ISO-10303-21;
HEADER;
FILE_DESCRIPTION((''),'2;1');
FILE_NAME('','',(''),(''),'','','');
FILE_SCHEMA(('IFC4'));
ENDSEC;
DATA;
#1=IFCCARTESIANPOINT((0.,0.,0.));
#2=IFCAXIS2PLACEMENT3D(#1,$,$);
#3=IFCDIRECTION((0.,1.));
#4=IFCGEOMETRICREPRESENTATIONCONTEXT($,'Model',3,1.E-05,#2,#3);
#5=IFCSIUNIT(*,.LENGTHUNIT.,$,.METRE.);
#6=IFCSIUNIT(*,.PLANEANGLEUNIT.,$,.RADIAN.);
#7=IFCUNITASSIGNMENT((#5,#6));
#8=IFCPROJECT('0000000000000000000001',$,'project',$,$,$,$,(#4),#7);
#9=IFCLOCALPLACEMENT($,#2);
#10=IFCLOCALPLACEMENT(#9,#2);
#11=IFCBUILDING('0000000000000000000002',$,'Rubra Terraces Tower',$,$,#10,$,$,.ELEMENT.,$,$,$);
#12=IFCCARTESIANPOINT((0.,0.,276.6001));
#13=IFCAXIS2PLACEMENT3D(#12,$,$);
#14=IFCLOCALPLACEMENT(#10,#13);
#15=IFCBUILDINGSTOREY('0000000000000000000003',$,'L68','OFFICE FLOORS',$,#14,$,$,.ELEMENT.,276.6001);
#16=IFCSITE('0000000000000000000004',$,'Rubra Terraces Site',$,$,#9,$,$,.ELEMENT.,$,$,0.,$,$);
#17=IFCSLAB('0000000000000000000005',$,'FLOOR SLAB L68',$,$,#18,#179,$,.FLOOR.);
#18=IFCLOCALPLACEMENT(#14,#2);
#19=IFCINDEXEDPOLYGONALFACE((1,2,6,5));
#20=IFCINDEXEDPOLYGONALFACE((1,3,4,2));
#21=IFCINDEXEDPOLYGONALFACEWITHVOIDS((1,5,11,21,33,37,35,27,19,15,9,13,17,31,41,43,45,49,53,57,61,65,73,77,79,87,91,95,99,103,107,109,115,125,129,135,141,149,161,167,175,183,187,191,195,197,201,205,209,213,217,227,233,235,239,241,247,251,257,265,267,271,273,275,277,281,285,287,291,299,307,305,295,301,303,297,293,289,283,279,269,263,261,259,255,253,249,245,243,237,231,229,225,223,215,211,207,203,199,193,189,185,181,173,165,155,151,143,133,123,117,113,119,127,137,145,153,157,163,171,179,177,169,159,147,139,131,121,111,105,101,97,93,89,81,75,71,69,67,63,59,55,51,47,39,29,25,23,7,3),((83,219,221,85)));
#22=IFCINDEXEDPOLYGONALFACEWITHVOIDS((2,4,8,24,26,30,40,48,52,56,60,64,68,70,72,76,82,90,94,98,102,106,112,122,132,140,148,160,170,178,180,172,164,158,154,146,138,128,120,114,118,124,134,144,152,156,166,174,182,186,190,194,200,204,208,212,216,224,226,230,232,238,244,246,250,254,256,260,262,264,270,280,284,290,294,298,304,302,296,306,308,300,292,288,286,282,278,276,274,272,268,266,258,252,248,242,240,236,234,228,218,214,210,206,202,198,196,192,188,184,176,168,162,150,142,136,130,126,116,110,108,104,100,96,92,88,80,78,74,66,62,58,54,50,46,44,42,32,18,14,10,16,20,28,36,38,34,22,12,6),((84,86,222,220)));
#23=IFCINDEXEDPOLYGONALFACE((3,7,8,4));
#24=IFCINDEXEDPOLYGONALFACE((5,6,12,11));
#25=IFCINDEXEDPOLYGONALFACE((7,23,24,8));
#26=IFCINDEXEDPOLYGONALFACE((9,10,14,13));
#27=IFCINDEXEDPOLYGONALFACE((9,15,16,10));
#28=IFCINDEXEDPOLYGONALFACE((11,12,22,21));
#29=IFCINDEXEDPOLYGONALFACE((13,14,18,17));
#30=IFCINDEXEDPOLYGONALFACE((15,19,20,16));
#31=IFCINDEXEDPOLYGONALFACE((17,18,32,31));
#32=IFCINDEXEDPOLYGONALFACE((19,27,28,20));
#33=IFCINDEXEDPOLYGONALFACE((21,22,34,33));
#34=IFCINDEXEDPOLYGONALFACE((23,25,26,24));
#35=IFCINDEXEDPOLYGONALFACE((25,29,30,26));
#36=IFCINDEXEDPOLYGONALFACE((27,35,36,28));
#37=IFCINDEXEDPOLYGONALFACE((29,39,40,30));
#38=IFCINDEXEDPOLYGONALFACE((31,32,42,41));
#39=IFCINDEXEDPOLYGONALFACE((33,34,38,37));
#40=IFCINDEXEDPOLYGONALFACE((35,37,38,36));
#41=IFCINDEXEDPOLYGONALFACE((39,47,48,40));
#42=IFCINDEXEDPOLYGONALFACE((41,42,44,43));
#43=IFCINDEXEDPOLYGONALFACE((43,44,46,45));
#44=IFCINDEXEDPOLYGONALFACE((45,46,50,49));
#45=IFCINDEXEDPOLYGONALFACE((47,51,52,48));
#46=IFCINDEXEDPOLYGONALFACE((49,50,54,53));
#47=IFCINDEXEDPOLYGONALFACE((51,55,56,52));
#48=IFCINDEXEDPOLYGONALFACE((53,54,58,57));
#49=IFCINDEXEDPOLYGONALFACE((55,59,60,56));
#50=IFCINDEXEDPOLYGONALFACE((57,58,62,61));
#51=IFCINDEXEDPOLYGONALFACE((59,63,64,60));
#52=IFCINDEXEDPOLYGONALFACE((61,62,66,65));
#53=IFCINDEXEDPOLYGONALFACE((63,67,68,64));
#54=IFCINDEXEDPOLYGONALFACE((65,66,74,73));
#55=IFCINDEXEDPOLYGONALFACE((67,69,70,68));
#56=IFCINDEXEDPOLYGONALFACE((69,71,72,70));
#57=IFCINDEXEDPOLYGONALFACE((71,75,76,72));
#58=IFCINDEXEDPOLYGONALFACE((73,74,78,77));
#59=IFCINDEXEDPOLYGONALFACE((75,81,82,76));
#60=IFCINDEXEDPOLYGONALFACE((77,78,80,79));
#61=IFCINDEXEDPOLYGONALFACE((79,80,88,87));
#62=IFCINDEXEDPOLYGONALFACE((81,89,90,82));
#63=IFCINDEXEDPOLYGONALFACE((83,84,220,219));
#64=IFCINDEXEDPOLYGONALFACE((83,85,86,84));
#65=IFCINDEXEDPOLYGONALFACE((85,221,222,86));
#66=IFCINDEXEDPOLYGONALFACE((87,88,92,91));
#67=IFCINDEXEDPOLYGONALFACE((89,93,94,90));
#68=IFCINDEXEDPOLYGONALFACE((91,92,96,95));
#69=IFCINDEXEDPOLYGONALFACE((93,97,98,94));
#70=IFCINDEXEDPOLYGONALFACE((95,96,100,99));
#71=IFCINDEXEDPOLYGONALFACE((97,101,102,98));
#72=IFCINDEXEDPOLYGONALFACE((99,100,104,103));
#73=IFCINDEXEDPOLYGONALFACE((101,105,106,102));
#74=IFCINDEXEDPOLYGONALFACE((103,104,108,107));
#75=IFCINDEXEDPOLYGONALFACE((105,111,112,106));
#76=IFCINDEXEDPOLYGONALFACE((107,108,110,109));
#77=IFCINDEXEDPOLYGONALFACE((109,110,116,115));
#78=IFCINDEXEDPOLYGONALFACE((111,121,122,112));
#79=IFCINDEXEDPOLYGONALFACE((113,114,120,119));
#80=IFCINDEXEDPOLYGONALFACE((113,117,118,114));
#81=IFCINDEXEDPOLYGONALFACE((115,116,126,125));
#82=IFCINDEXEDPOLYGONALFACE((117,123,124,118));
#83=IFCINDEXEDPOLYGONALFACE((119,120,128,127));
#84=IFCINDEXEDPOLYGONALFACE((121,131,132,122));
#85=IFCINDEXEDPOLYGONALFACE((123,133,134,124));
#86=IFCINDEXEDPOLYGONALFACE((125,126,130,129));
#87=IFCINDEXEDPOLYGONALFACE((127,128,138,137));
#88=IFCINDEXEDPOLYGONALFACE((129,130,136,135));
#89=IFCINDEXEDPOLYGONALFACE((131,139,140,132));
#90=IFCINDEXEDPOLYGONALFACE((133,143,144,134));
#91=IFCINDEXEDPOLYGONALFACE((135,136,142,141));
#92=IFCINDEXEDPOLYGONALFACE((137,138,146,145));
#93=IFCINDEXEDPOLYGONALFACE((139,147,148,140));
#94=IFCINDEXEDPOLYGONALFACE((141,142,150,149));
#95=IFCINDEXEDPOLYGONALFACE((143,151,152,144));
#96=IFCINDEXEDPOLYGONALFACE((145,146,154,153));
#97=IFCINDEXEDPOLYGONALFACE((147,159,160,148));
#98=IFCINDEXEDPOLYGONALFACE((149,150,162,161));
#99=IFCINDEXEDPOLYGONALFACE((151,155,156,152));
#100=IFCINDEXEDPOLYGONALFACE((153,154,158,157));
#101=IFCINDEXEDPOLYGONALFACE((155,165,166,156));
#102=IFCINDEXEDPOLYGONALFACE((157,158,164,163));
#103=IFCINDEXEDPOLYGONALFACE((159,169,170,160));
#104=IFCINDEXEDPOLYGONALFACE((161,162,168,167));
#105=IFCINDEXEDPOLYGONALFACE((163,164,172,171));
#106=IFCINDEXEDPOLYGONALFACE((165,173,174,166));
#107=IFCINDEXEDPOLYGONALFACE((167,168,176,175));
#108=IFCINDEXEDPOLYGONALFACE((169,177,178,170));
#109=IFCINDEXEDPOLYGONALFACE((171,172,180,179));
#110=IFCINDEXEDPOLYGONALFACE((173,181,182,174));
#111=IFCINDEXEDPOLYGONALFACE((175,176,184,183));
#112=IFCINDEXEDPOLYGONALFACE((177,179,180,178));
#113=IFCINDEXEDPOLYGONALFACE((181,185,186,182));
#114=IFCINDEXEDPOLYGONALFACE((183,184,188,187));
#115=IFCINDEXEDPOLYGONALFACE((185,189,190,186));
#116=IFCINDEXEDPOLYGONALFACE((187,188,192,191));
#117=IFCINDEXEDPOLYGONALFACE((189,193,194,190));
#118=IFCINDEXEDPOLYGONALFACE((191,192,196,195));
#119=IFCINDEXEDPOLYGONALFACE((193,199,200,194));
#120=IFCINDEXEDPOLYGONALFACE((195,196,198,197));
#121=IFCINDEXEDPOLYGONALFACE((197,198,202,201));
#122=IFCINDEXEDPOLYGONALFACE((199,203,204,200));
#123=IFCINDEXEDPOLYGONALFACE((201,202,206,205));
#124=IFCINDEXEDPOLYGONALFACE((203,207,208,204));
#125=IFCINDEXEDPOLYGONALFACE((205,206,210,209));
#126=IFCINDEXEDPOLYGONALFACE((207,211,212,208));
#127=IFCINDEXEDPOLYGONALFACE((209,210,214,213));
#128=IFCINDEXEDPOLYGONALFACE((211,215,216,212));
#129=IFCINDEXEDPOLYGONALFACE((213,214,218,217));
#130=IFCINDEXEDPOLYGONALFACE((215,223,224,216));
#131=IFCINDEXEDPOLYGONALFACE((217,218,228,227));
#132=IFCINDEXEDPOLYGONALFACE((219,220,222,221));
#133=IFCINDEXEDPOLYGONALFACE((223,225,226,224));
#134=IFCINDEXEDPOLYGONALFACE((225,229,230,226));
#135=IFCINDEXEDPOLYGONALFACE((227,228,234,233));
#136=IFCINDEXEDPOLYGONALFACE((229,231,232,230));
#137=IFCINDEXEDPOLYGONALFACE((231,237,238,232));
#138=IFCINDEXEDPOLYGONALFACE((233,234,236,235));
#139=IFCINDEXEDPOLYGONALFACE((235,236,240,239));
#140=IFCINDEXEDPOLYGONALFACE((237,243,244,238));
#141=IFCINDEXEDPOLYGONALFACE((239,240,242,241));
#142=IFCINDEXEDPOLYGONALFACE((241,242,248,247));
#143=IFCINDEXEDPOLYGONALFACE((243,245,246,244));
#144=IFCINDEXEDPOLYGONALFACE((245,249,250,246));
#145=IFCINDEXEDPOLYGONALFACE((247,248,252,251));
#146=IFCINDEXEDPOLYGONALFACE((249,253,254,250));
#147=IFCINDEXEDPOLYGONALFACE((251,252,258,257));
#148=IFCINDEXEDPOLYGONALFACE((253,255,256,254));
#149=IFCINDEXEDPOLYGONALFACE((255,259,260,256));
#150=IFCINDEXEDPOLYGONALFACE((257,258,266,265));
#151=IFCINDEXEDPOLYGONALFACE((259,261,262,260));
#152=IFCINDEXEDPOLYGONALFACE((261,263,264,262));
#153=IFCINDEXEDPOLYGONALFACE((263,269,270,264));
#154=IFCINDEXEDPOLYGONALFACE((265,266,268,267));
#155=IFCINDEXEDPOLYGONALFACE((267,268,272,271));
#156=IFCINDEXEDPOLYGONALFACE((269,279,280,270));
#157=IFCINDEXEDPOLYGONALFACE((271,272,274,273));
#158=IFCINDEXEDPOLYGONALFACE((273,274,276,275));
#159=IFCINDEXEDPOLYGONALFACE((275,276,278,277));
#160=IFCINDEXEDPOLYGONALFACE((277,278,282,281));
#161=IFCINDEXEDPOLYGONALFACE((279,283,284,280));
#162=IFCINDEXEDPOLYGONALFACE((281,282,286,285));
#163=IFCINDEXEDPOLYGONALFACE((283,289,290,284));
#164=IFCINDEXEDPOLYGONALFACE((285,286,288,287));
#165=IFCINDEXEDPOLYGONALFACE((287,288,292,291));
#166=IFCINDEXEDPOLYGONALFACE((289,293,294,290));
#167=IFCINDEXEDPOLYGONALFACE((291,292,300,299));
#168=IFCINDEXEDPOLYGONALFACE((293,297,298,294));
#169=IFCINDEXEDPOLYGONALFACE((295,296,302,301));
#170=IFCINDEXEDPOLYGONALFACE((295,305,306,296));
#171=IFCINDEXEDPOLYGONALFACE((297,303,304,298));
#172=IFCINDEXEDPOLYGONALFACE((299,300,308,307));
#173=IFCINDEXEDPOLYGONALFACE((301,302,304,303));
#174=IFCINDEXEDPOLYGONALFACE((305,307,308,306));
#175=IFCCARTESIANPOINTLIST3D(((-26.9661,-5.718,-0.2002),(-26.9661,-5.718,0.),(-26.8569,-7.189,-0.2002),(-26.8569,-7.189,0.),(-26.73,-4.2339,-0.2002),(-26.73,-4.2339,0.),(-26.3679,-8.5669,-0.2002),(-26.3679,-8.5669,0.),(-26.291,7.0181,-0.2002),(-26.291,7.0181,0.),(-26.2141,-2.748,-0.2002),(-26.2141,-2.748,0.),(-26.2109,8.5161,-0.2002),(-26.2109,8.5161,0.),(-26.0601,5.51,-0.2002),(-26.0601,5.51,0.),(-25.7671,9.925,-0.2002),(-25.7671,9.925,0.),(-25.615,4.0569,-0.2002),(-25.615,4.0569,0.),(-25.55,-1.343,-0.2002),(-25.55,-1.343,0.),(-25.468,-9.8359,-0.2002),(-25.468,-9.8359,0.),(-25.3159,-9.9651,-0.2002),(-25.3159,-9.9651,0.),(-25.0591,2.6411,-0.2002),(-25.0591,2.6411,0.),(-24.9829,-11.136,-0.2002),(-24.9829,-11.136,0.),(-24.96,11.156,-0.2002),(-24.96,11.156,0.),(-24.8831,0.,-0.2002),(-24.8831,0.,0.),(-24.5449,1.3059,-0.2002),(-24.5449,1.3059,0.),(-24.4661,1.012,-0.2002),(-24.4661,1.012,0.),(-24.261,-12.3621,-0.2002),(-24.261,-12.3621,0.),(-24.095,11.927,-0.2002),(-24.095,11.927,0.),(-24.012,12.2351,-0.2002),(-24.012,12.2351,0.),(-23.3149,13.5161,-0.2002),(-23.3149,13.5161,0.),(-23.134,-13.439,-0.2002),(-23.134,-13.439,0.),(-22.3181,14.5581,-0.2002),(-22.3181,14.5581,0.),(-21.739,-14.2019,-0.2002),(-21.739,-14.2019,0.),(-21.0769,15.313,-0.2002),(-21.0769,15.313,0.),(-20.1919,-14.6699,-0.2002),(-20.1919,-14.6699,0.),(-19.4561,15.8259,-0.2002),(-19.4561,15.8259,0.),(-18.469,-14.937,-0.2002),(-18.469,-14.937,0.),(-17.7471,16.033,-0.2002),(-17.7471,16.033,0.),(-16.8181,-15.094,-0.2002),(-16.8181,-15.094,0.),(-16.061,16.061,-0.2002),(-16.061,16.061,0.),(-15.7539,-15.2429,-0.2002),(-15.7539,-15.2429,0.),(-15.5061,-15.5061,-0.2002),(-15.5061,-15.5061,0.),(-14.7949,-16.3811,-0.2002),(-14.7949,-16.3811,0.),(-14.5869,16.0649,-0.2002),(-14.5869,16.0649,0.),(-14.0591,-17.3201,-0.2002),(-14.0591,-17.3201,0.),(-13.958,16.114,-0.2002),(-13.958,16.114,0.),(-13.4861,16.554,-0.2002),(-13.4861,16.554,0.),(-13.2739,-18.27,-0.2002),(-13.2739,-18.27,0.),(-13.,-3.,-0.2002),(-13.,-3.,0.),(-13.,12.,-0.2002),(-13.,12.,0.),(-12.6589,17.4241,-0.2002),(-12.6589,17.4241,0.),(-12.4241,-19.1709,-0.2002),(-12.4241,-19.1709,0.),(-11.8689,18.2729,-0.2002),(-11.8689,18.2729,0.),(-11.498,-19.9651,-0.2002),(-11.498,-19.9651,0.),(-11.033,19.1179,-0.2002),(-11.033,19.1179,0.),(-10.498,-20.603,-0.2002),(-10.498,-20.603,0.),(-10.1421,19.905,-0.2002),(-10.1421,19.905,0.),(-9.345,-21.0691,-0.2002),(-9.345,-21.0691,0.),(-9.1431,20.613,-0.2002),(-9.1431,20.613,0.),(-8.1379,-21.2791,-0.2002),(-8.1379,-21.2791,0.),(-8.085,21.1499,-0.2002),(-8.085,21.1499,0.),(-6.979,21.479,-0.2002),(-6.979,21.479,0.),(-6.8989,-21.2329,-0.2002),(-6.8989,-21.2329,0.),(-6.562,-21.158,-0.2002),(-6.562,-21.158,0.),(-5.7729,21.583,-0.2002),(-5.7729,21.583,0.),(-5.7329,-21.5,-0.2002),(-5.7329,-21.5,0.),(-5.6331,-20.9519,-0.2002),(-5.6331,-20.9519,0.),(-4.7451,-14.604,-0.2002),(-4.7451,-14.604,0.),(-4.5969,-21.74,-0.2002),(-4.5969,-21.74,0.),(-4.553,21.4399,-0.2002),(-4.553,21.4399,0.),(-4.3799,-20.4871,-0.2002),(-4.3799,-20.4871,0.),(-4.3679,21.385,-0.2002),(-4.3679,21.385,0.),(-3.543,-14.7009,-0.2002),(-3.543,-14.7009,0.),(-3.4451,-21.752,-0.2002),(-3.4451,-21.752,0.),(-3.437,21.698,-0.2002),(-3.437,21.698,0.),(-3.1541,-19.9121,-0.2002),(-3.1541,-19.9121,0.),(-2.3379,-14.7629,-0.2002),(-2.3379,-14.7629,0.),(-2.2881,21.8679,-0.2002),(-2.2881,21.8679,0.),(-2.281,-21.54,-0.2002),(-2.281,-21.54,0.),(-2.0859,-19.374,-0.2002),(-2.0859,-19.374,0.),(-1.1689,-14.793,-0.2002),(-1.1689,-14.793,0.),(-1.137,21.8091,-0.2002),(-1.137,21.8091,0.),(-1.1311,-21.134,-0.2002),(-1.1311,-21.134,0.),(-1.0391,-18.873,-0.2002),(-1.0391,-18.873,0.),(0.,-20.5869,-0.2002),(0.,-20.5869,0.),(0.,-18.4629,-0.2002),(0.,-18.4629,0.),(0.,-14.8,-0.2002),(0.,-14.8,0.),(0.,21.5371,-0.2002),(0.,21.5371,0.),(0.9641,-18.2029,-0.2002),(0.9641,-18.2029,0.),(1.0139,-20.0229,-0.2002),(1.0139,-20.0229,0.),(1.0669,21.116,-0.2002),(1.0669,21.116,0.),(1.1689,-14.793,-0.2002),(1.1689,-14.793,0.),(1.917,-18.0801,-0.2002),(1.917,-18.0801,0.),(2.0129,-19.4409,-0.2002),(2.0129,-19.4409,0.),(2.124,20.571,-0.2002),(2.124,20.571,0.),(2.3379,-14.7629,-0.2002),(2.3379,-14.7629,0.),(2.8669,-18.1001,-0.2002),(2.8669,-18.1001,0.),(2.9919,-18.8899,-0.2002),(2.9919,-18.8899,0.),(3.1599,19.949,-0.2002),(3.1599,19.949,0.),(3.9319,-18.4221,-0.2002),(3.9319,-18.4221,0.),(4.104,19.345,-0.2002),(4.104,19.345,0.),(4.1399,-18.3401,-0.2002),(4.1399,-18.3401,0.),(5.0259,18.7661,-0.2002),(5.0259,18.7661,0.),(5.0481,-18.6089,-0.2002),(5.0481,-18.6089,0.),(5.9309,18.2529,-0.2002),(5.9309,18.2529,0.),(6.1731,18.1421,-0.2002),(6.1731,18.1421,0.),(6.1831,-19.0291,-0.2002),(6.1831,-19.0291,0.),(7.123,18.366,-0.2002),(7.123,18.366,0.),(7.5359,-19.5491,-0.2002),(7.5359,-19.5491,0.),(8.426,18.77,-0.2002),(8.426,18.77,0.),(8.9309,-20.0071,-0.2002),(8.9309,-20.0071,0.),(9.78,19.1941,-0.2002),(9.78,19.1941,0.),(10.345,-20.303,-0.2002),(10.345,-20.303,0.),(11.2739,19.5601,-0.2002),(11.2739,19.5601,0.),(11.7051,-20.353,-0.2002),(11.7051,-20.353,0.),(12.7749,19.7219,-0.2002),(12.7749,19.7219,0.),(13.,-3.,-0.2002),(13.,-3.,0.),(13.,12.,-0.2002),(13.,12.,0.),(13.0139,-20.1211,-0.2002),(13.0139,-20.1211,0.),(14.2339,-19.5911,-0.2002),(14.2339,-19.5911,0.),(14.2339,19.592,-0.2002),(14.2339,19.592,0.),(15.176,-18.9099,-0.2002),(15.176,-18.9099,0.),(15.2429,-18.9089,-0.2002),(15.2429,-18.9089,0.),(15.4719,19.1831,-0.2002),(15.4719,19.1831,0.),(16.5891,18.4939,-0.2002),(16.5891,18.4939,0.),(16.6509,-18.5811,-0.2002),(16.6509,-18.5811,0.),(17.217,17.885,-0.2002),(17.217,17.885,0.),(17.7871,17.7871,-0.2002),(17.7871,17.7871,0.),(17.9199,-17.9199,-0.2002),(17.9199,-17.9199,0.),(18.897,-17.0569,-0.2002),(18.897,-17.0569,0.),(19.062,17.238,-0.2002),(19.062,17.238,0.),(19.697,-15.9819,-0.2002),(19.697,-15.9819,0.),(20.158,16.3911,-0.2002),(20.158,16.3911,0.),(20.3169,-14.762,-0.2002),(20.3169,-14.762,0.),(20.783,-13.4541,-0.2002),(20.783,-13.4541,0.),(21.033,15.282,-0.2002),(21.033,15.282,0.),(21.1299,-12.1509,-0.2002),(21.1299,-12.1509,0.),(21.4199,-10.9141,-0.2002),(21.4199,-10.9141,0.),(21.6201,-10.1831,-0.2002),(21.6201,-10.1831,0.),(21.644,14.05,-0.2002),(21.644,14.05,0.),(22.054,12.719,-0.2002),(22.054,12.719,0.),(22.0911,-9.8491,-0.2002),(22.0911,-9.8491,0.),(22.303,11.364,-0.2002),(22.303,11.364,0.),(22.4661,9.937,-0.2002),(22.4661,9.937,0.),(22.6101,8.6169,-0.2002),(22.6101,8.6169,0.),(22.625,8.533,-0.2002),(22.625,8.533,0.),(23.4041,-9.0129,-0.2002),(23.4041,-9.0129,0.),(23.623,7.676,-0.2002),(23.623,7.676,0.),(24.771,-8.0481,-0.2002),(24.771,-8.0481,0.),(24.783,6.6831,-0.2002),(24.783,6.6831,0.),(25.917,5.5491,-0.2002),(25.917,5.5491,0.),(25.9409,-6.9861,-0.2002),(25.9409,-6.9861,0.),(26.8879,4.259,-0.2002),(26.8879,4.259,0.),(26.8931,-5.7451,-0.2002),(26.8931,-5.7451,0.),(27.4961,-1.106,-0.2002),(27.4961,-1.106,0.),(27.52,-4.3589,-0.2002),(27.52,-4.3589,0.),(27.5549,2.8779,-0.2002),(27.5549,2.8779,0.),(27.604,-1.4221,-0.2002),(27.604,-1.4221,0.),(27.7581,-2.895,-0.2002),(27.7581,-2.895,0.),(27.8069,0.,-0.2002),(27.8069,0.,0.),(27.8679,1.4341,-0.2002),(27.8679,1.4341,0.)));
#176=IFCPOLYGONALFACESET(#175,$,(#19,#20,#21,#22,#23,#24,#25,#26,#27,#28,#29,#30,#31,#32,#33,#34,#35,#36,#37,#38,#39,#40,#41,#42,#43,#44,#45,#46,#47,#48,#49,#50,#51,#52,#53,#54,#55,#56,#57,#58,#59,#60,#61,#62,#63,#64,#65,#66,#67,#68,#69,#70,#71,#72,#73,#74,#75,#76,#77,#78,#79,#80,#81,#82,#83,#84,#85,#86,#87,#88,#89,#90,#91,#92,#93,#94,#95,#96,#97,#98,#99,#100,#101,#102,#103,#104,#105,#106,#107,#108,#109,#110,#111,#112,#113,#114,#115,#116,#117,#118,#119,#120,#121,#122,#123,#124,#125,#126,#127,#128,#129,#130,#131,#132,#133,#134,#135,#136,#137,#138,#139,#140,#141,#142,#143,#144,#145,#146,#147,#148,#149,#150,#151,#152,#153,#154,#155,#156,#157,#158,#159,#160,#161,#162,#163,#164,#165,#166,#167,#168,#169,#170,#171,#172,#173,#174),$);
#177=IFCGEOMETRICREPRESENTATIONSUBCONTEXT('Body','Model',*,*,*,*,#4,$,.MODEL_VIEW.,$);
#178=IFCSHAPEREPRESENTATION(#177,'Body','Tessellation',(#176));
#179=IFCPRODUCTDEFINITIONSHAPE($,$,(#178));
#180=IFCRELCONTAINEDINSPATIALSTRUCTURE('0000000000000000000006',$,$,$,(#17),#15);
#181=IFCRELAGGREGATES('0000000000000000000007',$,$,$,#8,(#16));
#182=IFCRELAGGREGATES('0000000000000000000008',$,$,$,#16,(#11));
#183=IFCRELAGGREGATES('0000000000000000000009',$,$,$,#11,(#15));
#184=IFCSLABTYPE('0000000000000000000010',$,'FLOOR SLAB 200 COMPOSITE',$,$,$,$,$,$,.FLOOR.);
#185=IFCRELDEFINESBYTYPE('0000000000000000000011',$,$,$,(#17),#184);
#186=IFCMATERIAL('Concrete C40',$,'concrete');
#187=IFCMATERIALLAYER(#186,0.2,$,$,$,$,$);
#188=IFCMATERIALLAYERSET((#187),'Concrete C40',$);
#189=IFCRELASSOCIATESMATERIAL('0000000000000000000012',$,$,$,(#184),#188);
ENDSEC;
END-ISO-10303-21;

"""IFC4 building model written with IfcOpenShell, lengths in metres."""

from ifc_helpers import new_model, si_unit, direction, frame, origin, place, context, subcontext, project, spatial, polyline, outline, extrude, material, layer, layer_set, type_object, element, save


model = new_model("IFC4")

# Units and contexts
model_context = context("Model", 3, precision=1e-05, world=origin(), true_north=direction((0.0, 1.0)))
body_context = subcontext(model_context, "Body", "Model", "MODEL_VIEW")
ifc_project = project(units=[si_unit("LENGTHUNIT", "METRE"), si_unit("PLANEANGLEUNIT", "RADIAN")], contexts=[model_context])

# Site, building, storey
site_placement = place(None, origin())
site = spatial("IfcSite", under=ifc_project, at=site_placement, Name="Rubra Terraces Site", CompositionType="ELEMENT", RefElevation=0.0)
building_placement = place(site_placement, origin())
building = spatial("IfcBuilding", under=site, at=building_placement, Name="Rubra Terraces Tower", CompositionType="ELEMENT")
storey_placement = place(building_placement, frame((0.0, 0.0, 276.6001)))
storey = spatial("IfcBuildingStorey", under=building, at=storey_placement, Name="L68", Description="OFFICE FLOORS", CompositionType="ELEMENT", Elevation=276.6001)

# Shared definitions
ifc_material_1 = material(Name="Concrete C40", Category="concrete")

# Slab
ifc_layer_1 = layer(ifc_material_1, 0.2)
ifc_layer_set_1 = layer_set([ifc_layer_1], Name="Concrete C40")
slab_type_1 = type_object("IfcSlabType", Name="FLOOR SLAB 200 COMPOSITE", PredefinedType="FLOOR", material=ifc_layer_set_1)
slab_1_placement = place(storey_placement, frame((0.0, 0.0, -0.2002)))
element("IfcSlab", 1, at=slab_1_placement, inside=storey, type_object=slab_type_1, Name="FLOOR SLAB L68", PredefinedType="FLOOR", context=body_context, shape_type="SweptSolid", body=[
    extrude(outline(polyline([(1.0139, -20.0229), (2.0129, -19.4409), (2.9919, -18.8899), (3.9319, -18.4221), (4.1399, -18.3401), (5.0481, -18.6089), (6.1831, -19.0291), (7.5359, -19.5491), (8.9309, -20.0071), (10.345, -20.303), (11.7051, -20.353), (13.0139, -20.1211), (14.2339, -19.5911), (15.176, -18.9099), (15.2429, -18.9089), (16.6509, -18.5811), (17.9199, -17.9199), (18.897, -17.0569), (19.697, -15.9819), (20.3169, -14.762), (20.783, -13.4541), (21.1299, -12.1509), (21.4199, -10.9141), (21.6201, -10.1831), (22.0911, -9.8491), (23.4041, -9.0129), (24.771, -8.0481), (25.9409, -6.9861), (26.8931, -5.7451), (27.52, -4.3589), (27.7581, -2.895), (27.604, -1.4221), (27.4961, -1.106), (27.8069, 0.0), (27.8679, 1.4341), (27.5549, 2.8779), (26.8879, 4.259), (25.917, 5.5491), (24.783, 6.6831), (23.623, 7.676), (22.625, 8.533), (22.6101, 8.6169), (22.4661, 9.937), (22.303, 11.364), (22.054, 12.719), (21.644, 14.05), (21.033, 15.282), (20.158, 16.3911), (19.062, 17.238), (17.7871, 17.7871), (17.217, 17.885), (16.5891, 18.4939), (15.4719, 19.1831), (14.2339, 19.592), (12.7749, 19.7219), (11.2739, 19.5601), (9.78, 19.1941), (8.426, 18.77), (7.123, 18.366), (6.1731, 18.1421), (5.9309, 18.2529), (5.0259, 18.7661), (4.104, 19.345), (3.1599, 19.949), (2.124, 20.571), (1.0669, 21.116), (0.0, 21.5371), (-1.137, 21.8091), (-2.2881, 21.8679), (-3.437, 21.698), (-4.3679, 21.385), (-4.553, 21.4399), (-5.7729, 21.583), (-6.979, 21.479), (-8.085, 21.1499), (-9.1431, 20.613), (-10.1421, 19.905), (-11.033, 19.1179), (-11.8689, 18.2729), (-12.6589, 17.4241), (-13.4861, 16.554), (-13.958, 16.114), (-14.5869, 16.0649), (-16.061, 16.061), (-17.7471, 16.033), (-19.4561, 15.8259), (-21.0769, 15.313), (-22.3181, 14.5581), (-23.3149, 13.5161), (-24.012, 12.2351), (-24.095, 11.927), (-24.96, 11.156), (-25.7671, 9.925), (-26.2109, 8.5161), (-26.291, 7.0181), (-26.0601, 5.51), (-25.615, 4.0569), (-25.0591, 2.6411), (-24.5449, 1.3059), (-24.4661, 1.012), (-24.8831, 0.0), (-25.55, -1.343), (-26.2141, -2.748), (-26.73, -4.2339), (-26.9661, -5.718), (-26.8569, -7.189), (-26.3679, -8.5669), (-25.468, -9.8359), (-25.3159, -9.9651), (-24.9829, -11.136), (-24.261, -12.3621), (-23.134, -13.439), (-21.739, -14.2019), (-20.1919, -14.6699), (-18.469, -14.937), (-16.8181, -15.094), (-15.7539, -15.2429), (-15.5061, -15.5061), (-14.7949, -16.3811), (-14.0591, -17.3201), (-13.2739, -18.27), (-12.4241, -19.1709), (-11.498, -19.9651), (-10.498, -20.603), (-9.345, -21.0691), (-8.1379, -21.2791), (-6.8989, -21.2329), (-4.7451, -14.604), (-3.543, -14.7009), (-2.3379, -14.7629), (-1.1689, -14.793), (0.0, -14.8), (1.1689, -14.793), (2.3379, -14.7629), (2.8669, -18.1001), (1.917, -18.0801), (0.9641, -18.2029), (0.0, -18.4629), (-1.0391, -18.873), (-2.0859, -19.374), (-3.1541, -19.9121), (-4.3799, -20.4871), (-5.6331, -20.9519), (-6.562, -21.158), (-5.7329, -21.5), (-4.5969, -21.74), (-3.4451, -21.752), (-2.281, -21.54), (-1.1311, -21.134), (0.0, -20.5869), (1.0139, -20.0229)]), holes=[polyline([(13.0, 12.0), (13.0, -3.0), (-13.0, -3.0), (-13.0, 12.0), (13.0, 12.0)])]), origin(), (0.0, 0.0, 1.0), 0.2002),
])

save(model, "model.ifc")
